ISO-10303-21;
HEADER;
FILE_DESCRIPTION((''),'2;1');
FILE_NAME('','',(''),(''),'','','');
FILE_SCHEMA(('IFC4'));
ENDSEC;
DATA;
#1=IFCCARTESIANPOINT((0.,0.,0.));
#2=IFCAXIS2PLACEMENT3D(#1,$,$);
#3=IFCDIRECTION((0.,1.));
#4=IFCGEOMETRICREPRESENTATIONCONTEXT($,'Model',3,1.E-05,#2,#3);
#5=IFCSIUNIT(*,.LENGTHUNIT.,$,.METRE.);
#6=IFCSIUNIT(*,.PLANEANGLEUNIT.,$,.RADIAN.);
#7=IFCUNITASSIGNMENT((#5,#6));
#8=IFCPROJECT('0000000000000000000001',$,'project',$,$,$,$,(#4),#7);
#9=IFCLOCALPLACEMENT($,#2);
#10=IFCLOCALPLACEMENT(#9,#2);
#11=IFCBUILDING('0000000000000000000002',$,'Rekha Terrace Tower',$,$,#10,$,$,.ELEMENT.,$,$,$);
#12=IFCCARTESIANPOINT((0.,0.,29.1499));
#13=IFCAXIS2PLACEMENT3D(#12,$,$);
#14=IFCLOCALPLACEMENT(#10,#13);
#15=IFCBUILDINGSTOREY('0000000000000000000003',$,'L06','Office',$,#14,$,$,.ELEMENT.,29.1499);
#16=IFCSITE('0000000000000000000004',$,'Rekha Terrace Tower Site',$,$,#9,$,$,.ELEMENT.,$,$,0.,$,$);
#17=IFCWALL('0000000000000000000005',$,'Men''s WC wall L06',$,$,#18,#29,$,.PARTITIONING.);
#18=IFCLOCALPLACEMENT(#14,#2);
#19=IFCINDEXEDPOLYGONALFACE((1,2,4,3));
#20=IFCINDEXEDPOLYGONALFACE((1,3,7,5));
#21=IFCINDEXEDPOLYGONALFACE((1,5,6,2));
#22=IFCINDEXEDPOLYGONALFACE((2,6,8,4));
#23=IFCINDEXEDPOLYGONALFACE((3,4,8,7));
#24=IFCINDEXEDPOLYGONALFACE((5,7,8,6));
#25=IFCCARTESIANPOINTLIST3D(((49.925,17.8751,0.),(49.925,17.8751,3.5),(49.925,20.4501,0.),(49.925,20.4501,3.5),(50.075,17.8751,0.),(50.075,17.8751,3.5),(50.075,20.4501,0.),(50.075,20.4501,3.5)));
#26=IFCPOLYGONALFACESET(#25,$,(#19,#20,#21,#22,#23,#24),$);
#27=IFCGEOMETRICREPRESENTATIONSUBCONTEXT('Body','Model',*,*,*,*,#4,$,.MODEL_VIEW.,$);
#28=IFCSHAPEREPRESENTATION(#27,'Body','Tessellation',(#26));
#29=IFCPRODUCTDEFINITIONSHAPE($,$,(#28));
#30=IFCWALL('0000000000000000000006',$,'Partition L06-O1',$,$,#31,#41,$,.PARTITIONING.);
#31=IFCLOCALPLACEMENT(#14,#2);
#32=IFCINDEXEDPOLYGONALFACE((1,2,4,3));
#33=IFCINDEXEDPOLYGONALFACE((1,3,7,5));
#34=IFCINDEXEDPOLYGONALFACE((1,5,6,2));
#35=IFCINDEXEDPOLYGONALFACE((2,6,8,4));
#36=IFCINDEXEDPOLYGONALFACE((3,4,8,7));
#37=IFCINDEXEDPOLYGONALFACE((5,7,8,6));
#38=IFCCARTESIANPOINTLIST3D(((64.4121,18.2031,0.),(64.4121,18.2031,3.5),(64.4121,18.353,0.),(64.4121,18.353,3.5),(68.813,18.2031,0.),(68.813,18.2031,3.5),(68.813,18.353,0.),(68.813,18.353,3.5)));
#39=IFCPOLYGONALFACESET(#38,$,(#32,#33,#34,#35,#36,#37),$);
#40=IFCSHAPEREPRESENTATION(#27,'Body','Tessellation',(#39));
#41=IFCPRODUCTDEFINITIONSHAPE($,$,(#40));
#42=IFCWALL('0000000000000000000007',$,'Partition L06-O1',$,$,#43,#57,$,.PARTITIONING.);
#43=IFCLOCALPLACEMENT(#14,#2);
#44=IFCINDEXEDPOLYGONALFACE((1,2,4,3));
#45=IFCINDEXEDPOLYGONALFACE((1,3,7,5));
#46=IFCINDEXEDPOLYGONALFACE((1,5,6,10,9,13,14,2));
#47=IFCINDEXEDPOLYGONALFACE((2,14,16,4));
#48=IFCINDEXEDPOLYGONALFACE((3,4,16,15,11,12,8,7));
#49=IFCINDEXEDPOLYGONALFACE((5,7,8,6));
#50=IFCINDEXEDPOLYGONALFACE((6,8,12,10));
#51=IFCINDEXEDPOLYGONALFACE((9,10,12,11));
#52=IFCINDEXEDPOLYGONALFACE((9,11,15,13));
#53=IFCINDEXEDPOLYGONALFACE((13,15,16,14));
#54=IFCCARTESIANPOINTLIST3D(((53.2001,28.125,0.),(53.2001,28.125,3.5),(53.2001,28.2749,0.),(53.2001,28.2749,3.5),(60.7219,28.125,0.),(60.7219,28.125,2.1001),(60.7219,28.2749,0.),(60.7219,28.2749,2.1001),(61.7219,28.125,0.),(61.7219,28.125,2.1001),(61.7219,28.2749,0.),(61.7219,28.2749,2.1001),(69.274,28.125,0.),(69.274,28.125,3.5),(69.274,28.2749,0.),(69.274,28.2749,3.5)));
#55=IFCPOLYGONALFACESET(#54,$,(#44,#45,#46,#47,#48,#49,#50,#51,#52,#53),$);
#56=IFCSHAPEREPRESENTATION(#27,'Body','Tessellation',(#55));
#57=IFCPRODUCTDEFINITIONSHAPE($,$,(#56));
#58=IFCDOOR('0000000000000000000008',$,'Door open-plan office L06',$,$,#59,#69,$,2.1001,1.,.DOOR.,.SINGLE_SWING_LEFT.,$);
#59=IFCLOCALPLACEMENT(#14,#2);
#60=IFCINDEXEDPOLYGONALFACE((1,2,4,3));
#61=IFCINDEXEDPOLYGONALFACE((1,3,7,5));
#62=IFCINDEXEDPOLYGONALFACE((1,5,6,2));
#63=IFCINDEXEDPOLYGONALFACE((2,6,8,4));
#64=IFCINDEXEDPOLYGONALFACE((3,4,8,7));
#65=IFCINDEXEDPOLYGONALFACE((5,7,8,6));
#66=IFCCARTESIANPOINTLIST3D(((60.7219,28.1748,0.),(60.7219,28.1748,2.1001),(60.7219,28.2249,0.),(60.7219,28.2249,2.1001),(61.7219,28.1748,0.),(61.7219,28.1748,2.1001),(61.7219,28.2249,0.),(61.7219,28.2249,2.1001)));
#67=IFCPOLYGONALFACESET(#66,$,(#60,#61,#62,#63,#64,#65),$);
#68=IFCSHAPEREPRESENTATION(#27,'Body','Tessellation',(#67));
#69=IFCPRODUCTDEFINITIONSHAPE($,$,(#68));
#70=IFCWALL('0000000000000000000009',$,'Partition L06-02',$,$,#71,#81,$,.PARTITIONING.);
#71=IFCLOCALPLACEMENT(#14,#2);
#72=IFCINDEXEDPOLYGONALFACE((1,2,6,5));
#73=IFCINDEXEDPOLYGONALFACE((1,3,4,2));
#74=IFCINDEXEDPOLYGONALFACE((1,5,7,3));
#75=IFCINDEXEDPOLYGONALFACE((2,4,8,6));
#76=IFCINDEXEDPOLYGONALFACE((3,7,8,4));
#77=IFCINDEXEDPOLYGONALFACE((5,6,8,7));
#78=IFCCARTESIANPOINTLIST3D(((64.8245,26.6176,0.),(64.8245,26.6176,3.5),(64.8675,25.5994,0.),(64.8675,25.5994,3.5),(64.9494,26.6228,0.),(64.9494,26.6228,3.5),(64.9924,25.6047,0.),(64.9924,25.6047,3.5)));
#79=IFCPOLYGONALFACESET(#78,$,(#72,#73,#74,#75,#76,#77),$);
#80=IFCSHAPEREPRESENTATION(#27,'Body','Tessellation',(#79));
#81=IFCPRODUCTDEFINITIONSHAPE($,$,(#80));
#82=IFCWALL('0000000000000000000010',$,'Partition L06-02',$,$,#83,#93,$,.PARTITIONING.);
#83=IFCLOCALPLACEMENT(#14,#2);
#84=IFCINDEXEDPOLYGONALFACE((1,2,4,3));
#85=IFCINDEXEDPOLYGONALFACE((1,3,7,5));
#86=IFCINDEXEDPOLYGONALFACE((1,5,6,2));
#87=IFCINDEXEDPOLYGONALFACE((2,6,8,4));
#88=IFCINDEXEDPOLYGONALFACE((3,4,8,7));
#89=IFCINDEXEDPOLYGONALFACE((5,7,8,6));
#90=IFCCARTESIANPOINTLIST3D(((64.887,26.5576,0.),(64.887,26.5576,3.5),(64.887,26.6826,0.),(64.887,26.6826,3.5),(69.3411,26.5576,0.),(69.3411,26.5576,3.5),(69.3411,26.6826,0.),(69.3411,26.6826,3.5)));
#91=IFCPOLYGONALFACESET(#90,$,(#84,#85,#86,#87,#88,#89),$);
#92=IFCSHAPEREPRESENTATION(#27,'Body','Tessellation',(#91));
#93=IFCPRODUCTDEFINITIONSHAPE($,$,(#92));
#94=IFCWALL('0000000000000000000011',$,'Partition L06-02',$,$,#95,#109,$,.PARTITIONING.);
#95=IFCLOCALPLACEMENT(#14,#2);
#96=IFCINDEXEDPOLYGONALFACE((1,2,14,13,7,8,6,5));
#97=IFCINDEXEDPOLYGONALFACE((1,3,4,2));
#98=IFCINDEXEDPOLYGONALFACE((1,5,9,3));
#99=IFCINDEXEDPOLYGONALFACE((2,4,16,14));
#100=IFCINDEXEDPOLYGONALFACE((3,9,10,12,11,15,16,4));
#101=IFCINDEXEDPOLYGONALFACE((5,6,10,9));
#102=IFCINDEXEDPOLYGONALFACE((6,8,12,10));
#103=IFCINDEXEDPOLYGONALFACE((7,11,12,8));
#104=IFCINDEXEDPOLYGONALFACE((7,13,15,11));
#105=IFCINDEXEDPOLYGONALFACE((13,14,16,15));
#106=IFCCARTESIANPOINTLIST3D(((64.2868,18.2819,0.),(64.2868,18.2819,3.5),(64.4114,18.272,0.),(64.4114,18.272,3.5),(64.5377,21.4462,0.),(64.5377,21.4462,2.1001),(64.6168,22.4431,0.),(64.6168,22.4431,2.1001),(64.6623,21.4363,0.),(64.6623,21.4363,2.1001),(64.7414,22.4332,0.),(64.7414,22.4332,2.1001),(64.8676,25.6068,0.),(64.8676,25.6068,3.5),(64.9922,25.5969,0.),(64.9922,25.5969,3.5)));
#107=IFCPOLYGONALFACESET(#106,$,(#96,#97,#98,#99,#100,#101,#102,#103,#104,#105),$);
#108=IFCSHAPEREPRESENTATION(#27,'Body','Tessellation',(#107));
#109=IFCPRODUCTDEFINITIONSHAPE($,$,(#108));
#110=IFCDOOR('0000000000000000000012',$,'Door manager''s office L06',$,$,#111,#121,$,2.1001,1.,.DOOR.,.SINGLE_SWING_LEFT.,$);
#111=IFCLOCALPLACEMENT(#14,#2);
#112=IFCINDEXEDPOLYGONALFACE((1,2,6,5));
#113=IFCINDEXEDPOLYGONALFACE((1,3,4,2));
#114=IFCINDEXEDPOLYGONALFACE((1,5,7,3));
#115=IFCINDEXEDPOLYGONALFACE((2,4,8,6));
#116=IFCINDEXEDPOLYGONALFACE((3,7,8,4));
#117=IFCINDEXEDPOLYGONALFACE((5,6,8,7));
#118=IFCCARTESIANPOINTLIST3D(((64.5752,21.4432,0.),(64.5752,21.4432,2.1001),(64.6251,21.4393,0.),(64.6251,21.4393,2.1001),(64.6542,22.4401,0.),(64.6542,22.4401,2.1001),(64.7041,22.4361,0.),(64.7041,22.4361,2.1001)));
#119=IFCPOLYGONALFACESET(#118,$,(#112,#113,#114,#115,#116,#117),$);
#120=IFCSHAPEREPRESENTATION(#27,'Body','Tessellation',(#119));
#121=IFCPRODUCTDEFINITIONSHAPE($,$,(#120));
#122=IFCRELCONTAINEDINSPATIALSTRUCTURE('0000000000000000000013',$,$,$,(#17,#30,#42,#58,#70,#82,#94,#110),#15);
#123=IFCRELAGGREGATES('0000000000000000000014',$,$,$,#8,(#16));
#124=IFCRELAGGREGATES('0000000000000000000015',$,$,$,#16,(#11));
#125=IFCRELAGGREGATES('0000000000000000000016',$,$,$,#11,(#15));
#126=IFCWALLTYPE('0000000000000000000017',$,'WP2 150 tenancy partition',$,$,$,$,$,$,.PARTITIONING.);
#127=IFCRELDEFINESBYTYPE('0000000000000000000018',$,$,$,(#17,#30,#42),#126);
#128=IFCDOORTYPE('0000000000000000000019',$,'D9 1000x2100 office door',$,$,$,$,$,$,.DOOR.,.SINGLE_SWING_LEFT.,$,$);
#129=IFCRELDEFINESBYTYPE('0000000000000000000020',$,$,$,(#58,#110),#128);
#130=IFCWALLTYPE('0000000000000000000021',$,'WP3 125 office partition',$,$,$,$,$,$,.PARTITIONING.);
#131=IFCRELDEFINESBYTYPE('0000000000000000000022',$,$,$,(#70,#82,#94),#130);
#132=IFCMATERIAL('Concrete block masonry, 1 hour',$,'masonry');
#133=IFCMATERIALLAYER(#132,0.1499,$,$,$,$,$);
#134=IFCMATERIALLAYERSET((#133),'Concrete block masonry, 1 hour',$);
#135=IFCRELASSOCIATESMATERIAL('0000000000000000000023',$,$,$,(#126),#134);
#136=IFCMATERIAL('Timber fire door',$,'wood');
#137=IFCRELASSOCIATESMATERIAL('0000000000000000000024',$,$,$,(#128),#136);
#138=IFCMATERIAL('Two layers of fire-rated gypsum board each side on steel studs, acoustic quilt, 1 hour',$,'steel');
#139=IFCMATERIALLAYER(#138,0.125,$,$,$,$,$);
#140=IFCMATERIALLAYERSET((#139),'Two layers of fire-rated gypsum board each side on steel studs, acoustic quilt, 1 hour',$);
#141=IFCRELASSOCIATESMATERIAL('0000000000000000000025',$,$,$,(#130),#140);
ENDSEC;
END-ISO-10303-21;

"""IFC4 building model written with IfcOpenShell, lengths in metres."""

from ifc_helpers import new_model, si_unit, direction, frame, frame_2d, origin, place, context, subcontext, project, spatial, rectangle, extrude, material, layer, layer_set, type_object, element, fill, save


model = new_model("IFC4")

# Units and contexts
model_context = context("Model", 3, precision=1e-05, world=origin(), true_north=direction((0.0, 1.0)))
body_context = subcontext(model_context, "Body", "Model", "MODEL_VIEW")
ifc_project = project(units=[si_unit("LENGTHUNIT", "METRE"), si_unit("PLANEANGLEUNIT", "RADIAN")], contexts=[model_context])

# Site, building, storey
site_placement = place(None, origin())
site = spatial("IfcSite", under=ifc_project, at=site_placement, Name="Rekha Terrace Tower Site", CompositionType="ELEMENT", RefElevation=0.0)
building_placement = place(site_placement, origin())
building = spatial("IfcBuilding", under=site, at=building_placement, Name="Rekha Terrace Tower", CompositionType="ELEMENT")
storey_placement = place(building_placement, frame((0.0, 0.0, 29.1499)))
storey = spatial("IfcBuildingStorey", under=building, at=storey_placement, Name="L06", Description="Office", CompositionType="ELEMENT", Elevation=29.1499)

# Walls
ifc_material_1 = material(Name="Concrete block masonry, 1 hour", Category="masonry")
ifc_layer_1 = layer(ifc_material_1, 0.1499)
ifc_layer_set_1 = layer_set([ifc_layer_1], Name="Concrete block masonry, 1 hour")
wall_type_1 = type_object("IfcWallType", Name="WP2 150 tenancy partition", PredefinedType="PARTITIONING", material=ifc_layer_set_1)
wall_1_placement = place(storey_placement, frame((50.0, 17.875, 0.0), z_axis=(0.0, 0.0, 1.0), x_axis=(0.0, 1.0, 0.0)))
element("IfcWall", 1, at=wall_1_placement, inside=storey, type_object=wall_type_1, Name="Men's WC wall L06", PredefinedType="PARTITIONING", context=body_context, shape_type="SweptSolid", body=[
    extrude(rectangle(XDim=2.575, YDim=0.1499, at=frame_2d((1.2876, 0.0))), origin(), (0.0, 0.0, 1.0), 3.5),
])
wall_2_placement = place(storey_placement, frame((64.4121, 18.2781, 0.0), z_axis=(0.0, 0.0, 1.0), x_axis=(1.0, 0.0, 0.0)))
element("IfcWall", 2, at=wall_2_placement, inside=storey, type_object=wall_type_1, Name="Partition L06-O1", PredefinedType="PARTITIONING", context=body_context, shape_type="SweptSolid", body=[
    extrude(rectangle(XDim=4.4009, YDim=0.1499, at=frame_2d((2.2004, 0.0))), origin(), (0.0, 0.0, 1.0), 3.5),
])

# Wall, opening, door
wall_3_placement = place(storey_placement, frame((53.2, 28.2, 0.0), z_axis=(0.0, 0.0, 1.0), x_axis=(1.0, 0.0, 0.0)))
wall_3 = element("IfcWall", 3, at=wall_3_placement, inside=storey, type_object=wall_type_1, Name="Partition L06-O1", PredefinedType="PARTITIONING", context=body_context, shape_type="SweptSolid", body=[
    extrude(rectangle(XDim=16.074, YDim=0.1499, at=frame_2d((8.0371, 0.0))), origin(), (0.0, 0.0, 1.0), 3.5),
])
opening_1_placement = place(wall_3_placement, frame((7.522, 0.0, 0.0)))
opening_1 = element("IfcOpeningElement", 4, at=opening_1_placement, cuts=wall_3, PredefinedType="OPENING", context=body_context, shape_type="SweptSolid", body=[
    extrude(rectangle(XDim=1.0, YDim=2.1001, at=frame_2d((0.5, 1.05))), frame((0.0, 0.085, 0.0), z_axis=(0.0, -1.0, 0.0), x_axis=(1.0, 0.0, 0.0)), (0.0, 0.0, 1.0), 0.1699),
])
ifc_material_2 = material(Name="Timber fire door", Category="wood")
door_type_1 = type_object("IfcDoorType", Name="D9 1000x2100 office door", OperationType="SINGLE_SWING_LEFT", PredefinedType="DOOR", material=ifc_material_2)
door_1_placement = place(opening_1_placement, origin())
door_1 = element("IfcDoor", 5, at=door_1_placement, inside=storey, type_object=door_type_1, Name="Door open-plan office L06", OperationType="SINGLE_SWING_LEFT", OverallHeight=2.1001, OverallWidth=1.0, PredefinedType="DOOR", context=body_context, shape_type="SweptSolid", body=[
    extrude(rectangle(XDim=1.0, YDim=2.1001, at=frame_2d((0.5, 1.05))), frame((0.0, 0.0249, 0.0), z_axis=(0.0, -1.0, 0.0), x_axis=(1.0, 0.0, 0.0)), (0.0, 0.0, 1.0), 0.05),
])
fill(opening_1, door_1)

# Walls
ifc_material_3 = material(Name="Two layers of fire-rated gypsum board each side on steel studs, acoustic quilt, 1 hour", Category="steel")
ifc_layer_2 = layer(ifc_material_3, 0.125)
ifc_layer_set_2 = layer_set([ifc_layer_2], Name="Two layers of fire-rated gypsum board each side on steel studs, acoustic quilt, 1 hour")
wall_type_2 = type_object("IfcWallType", Name="WP3 125 office partition", PredefinedType="PARTITIONING", material=ifc_layer_set_2)
wall_4_placement = place(storey_placement, frame((64.9299, 25.6021, 0.0), z_axis=(0.0, 0.0, 1.0), x_axis=(-0.042169, 0.999111, 0.0)))
element("IfcWall", 6, at=wall_4_placement, inside=storey, type_object=wall_type_2, Name="Partition L06-02", PredefinedType="PARTITIONING", context=body_context, shape_type="SweptSolid", body=[
    extrude(rectangle(XDim=1.019, YDim=0.125, at=frame_2d((0.5095, 0.0))), origin(), (0.0, 0.0, 1.0), 3.5),
])
wall_5_placement = place(storey_placement, frame((64.887, 26.6201, 0.0), z_axis=(0.0, 0.0, 1.0), x_axis=(1.0, 0.0, 0.0)))
element("IfcWall", 7, at=wall_5_placement, inside=storey, type_object=wall_type_2, Name="Partition L06-02", PredefinedType="PARTITIONING", context=body_context, shape_type="SweptSolid", body=[
    extrude(rectangle(XDim=4.4541, YDim=0.125, at=frame_2d((2.2271, 0.0))), origin(), (0.0, 0.0, 1.0), 3.5),
])

# Wall, opening, door
wall_6_placement = place(storey_placement, frame((64.3491, 18.2771, 0.0), z_axis=(0.0, 0.0, 1.0), x_axis=(0.079044, 0.996871, 0.0)))
wall_6 = element("IfcWall", 8, at=wall_6_placement, inside=storey, type_object=wall_type_2, Name="Partition L06-02", PredefinedType="PARTITIONING", context=body_context, shape_type="SweptSolid", body=[
    extrude(rectangle(XDim=7.3479, YDim=0.125, at=frame_2d((3.6738, 0.0))), origin(), (0.0, 0.0, 1.0), 3.5),
])
opening_2_placement = place(wall_6_placement, frame((3.1741, 0.0, 0.0)))
opening_2 = element("IfcOpeningElement", 9, at=opening_2_placement, cuts=wall_6, PredefinedType="OPENING", context=body_context, shape_type="SweptSolid", body=[
    extrude(rectangle(XDim=1.0, YDim=2.1001, at=frame_2d((0.5, 1.05))), frame((0.0, 0.0725, 0.0), z_axis=(0.0, -1.0, 0.0), x_axis=(1.0, 0.0, 0.0)), (0.0, 0.0, 1.0), 0.145),
])
door_2_placement = place(opening_2_placement, origin())
door_2 = element("IfcDoor", 10, at=door_2_placement, inside=storey, type_object=door_type_1, Name="Door manager's office L06", OperationType="SINGLE_SWING_LEFT", OverallHeight=2.1001, OverallWidth=1.0, PredefinedType="DOOR", context=body_context, shape_type="SweptSolid", body=[
    extrude(rectangle(XDim=1.0, YDim=2.1001, at=frame_2d((0.5, 1.05))), frame((0.0, 0.0249, 0.0), z_axis=(0.0, -1.0, 0.0), x_axis=(1.0, 0.0, 0.0)), (0.0, 0.0, 1.0), 0.05),
])
fill(opening_2, door_2)

save(model, "model.ifc")
